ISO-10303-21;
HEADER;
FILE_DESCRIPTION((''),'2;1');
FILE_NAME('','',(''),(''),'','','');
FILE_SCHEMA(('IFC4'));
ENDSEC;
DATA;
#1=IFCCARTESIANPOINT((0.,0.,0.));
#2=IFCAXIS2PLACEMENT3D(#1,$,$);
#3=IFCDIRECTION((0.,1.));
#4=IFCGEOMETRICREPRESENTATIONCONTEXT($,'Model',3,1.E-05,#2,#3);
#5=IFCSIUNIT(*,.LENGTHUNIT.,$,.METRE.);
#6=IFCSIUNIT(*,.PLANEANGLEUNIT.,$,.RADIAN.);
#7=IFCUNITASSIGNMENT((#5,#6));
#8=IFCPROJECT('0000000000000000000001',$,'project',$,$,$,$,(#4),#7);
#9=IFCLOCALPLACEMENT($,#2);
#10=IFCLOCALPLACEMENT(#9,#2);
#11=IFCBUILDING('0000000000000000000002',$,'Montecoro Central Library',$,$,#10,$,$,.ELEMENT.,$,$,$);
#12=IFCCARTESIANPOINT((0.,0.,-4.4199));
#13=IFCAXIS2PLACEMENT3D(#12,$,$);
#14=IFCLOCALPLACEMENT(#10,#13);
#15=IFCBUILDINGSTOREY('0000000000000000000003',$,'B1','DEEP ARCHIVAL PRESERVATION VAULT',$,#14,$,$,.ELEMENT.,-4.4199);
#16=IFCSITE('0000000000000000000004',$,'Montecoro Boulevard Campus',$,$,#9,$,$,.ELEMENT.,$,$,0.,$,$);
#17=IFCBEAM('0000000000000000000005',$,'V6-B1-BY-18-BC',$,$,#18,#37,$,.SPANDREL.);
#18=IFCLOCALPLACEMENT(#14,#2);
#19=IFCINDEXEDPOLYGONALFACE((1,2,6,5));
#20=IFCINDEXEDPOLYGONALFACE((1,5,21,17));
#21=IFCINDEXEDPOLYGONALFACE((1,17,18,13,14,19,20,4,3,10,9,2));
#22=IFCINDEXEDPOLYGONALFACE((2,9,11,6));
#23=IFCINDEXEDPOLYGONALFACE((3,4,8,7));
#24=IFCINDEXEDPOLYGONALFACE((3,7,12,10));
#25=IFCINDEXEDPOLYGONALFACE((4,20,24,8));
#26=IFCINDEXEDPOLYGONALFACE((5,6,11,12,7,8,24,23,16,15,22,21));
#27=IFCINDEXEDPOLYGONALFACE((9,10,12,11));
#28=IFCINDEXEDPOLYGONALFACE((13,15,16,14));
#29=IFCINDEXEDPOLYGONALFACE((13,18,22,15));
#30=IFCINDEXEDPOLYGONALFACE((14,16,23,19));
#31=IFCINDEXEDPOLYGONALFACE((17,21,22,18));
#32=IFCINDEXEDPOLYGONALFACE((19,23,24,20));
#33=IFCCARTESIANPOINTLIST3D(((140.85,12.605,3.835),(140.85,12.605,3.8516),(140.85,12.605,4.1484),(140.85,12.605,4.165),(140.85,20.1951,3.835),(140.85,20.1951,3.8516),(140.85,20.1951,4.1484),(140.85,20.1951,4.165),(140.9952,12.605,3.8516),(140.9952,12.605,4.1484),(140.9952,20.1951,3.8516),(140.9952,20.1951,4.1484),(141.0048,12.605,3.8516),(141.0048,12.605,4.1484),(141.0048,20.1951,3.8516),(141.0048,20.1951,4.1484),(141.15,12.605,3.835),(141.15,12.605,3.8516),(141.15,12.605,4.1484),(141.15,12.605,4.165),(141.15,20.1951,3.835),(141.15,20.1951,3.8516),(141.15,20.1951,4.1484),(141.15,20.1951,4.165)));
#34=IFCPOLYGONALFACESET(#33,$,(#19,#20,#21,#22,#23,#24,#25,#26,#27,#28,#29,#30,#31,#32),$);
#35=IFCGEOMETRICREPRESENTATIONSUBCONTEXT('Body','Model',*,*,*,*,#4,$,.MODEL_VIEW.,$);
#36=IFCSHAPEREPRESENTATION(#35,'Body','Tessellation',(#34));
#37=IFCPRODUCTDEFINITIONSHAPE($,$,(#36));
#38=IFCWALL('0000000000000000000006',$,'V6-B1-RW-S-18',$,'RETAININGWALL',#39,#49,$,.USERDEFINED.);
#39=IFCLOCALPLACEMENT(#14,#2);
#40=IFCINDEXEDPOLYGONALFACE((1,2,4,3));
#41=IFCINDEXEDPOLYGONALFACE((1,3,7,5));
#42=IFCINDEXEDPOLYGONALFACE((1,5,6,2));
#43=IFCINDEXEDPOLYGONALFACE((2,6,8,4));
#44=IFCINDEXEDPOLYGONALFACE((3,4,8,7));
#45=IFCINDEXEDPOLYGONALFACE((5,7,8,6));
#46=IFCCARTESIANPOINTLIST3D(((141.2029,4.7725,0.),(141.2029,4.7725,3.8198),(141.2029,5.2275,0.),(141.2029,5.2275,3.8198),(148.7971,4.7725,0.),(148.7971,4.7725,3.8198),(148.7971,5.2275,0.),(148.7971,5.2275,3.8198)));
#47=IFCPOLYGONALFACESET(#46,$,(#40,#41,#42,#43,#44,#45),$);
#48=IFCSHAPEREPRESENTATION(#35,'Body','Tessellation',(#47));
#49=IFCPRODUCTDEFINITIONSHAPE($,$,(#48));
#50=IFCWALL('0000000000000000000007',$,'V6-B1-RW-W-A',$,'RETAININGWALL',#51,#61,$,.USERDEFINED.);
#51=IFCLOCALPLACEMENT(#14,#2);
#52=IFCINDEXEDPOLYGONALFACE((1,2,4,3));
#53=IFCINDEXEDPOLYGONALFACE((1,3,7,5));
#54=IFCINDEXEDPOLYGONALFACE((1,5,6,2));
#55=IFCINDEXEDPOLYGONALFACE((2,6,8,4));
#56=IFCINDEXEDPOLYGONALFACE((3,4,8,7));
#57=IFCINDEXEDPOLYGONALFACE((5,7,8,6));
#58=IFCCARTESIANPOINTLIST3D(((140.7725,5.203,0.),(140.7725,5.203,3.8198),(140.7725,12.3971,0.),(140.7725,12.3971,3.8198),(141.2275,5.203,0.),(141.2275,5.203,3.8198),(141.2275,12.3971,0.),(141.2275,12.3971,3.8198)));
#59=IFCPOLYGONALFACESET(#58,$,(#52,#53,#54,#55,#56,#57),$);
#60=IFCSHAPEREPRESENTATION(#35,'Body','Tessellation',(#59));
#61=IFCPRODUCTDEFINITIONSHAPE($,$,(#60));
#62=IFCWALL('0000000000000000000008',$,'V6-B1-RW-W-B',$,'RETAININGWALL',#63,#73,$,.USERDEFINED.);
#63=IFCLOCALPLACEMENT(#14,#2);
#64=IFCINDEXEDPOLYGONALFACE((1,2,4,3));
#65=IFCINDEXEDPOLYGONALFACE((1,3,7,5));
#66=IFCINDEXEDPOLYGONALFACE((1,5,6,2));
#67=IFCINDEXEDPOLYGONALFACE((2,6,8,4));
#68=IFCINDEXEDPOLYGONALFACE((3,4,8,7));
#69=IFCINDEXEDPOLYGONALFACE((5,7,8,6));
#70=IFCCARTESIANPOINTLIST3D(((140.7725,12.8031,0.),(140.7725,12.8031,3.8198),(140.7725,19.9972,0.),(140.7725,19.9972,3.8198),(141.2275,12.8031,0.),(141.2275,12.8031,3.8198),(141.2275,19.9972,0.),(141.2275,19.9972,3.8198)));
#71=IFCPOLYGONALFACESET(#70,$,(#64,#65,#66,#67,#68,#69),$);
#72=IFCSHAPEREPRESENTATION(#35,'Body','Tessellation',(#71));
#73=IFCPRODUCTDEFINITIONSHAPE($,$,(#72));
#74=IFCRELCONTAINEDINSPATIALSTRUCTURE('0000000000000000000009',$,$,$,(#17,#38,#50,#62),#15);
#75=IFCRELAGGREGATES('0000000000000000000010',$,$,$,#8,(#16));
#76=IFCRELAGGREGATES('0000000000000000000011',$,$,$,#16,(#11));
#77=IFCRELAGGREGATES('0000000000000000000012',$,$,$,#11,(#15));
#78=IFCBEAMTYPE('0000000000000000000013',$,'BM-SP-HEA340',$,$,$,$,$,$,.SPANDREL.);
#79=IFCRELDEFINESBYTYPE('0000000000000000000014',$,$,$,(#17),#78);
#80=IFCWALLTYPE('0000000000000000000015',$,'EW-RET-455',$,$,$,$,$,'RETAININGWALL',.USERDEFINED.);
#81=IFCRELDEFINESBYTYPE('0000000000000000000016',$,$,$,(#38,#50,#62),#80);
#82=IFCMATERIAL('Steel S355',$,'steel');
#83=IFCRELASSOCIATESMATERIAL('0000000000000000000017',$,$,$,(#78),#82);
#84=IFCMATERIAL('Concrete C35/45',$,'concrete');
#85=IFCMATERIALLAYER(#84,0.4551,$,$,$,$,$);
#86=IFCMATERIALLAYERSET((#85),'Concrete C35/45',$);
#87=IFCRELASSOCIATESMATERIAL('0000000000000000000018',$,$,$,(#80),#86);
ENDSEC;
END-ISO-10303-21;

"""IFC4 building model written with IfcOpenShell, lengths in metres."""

from ifc_helpers import new_model, si_unit, direction, frame, frame_2d, origin, origin_2d, place, context, subcontext, project, spatial, rectangle, i_section, extrude, material, layer, layer_set, material_profile, profile_set, type_object, element, save


model = new_model("IFC4")

# Units and contexts
model_context = context("Model", 3, precision=1e-05, world=origin(), true_north=direction((0.0, 1.0)))
body_context = subcontext(model_context, "Body", "Model", "MODEL_VIEW")
ifc_project = project(units=[si_unit("LENGTHUNIT", "METRE"), si_unit("PLANEANGLEUNIT", "RADIAN")], contexts=[model_context])

# Site, building, storey
site_placement = place(None, origin())
site = spatial("IfcSite", under=ifc_project, at=site_placement, Name="Montecoro Boulevard Campus", CompositionType="ELEMENT", RefElevation=0.0)
building_placement = place(site_placement, origin())
building = spatial("IfcBuilding", under=site, at=building_placement, Name="Montecoro Central Library", CompositionType="ELEMENT")
storey_placement = place(building_placement, frame((0.0, 0.0, -4.4199)))
storey = spatial("IfcBuildingStorey", under=building, at=storey_placement, Name="B1", Description="DEEP ARCHIVAL PRESERVATION VAULT", CompositionType="ELEMENT", Elevation=-4.4199)

# Shared definitions
ifc_material_1 = material(Name="Concrete C35/45", Category="concrete")

# Beam
ifc_material_2 = material(Name="Steel S355", Category="steel")
ifc_material_profile_1 = material_profile(ifc_material_2, i_section(OverallWidth=0.3, OverallDepth=0.3301, WebThickness=0.0095, FlangeThickness=0.0166, at=origin_2d()), Name="HEA 340")
ifc_profile_set_1 = profile_set([ifc_material_profile_1], Name="Steel S355")
beam_type_1 = type_object("IfcBeamType", Name="BM-SP-HEA340", PredefinedType="SPANDREL", material=ifc_profile_set_1)
for number, where, z_axis, x_axis, name in (
    (1, (141.0, 12.605, 4.0), (0.0, 1.0, 0.0), (-1.0, 0.0, 0.0), "V6-B1-BY-18-BC"),
):
    element("IfcBeam", number, at=place(storey_placement, frame(where, z_axis=z_axis, x_axis=x_axis)), inside=storey, type_object=beam_type_1, Name=name, PredefinedType="SPANDREL", context=body_context, shape_type="SweptSolid", body=[
        extrude(i_section(OverallWidth=0.3, OverallDepth=0.3301, WebThickness=0.0095, FlangeThickness=0.0166, at=origin_2d()), origin(), (0.0, 0.0, 1.0), 7.5901),
    ])

# Walls
ifc_layer = layer(ifc_material_1, 0.4551)
ifc_layer_set = layer_set([ifc_layer], Name="Concrete C35/45")
wall_type = type_object("IfcWallType", Name="EW-RET-455", ElementType="RETAININGWALL", PredefinedType="USERDEFINED", material=ifc_layer_set)
wall_placement = place(storey_placement, frame((141.2029, 5.0, 0.0), z_axis=(0.0, 0.0, 1.0), x_axis=(1.0, 0.0, 0.0)))
element("IfcWall", 2, at=wall_placement, inside=storey, type_object=wall_type, Name="V6-B1-RW-S-18", ObjectType="RETAININGWALL", PredefinedType="USERDEFINED", context=body_context, shape_type="SweptSolid", body=[
    extrude(rectangle(XDim=7.5942, YDim=0.4551, at=frame_2d((3.7971, 0.0))), origin(), (0.0, 0.0, 1.0), 3.8198),
])
for number, where, z_axis, x_axis, name in (
    (3, (141.0, 5.2029, 0.0), (0.0, 0.0, 1.0), (0.0, 1.0, 0.0), "V6-B1-RW-W-A"),
    (4, (141.0, 12.803, 0.0), (0.0, 0.0, 1.0), (0.0, 1.0, 0.0), "V6-B1-RW-W-B"),
):
    element("IfcWall", number, at=place(storey_placement, frame(where, z_axis=z_axis, x_axis=x_axis)), inside=storey, type_object=wall_type, Name=name, ObjectType="RETAININGWALL", PredefinedType="USERDEFINED", context=body_context, shape_type="SweptSolid", body=[
        extrude(rectangle(XDim=7.1941, YDim=0.4551, at=frame_2d((3.5972, 0.0))), origin(), (0.0, 0.0, 1.0), 3.8198),
    ])

save(model, "model.ifc")
